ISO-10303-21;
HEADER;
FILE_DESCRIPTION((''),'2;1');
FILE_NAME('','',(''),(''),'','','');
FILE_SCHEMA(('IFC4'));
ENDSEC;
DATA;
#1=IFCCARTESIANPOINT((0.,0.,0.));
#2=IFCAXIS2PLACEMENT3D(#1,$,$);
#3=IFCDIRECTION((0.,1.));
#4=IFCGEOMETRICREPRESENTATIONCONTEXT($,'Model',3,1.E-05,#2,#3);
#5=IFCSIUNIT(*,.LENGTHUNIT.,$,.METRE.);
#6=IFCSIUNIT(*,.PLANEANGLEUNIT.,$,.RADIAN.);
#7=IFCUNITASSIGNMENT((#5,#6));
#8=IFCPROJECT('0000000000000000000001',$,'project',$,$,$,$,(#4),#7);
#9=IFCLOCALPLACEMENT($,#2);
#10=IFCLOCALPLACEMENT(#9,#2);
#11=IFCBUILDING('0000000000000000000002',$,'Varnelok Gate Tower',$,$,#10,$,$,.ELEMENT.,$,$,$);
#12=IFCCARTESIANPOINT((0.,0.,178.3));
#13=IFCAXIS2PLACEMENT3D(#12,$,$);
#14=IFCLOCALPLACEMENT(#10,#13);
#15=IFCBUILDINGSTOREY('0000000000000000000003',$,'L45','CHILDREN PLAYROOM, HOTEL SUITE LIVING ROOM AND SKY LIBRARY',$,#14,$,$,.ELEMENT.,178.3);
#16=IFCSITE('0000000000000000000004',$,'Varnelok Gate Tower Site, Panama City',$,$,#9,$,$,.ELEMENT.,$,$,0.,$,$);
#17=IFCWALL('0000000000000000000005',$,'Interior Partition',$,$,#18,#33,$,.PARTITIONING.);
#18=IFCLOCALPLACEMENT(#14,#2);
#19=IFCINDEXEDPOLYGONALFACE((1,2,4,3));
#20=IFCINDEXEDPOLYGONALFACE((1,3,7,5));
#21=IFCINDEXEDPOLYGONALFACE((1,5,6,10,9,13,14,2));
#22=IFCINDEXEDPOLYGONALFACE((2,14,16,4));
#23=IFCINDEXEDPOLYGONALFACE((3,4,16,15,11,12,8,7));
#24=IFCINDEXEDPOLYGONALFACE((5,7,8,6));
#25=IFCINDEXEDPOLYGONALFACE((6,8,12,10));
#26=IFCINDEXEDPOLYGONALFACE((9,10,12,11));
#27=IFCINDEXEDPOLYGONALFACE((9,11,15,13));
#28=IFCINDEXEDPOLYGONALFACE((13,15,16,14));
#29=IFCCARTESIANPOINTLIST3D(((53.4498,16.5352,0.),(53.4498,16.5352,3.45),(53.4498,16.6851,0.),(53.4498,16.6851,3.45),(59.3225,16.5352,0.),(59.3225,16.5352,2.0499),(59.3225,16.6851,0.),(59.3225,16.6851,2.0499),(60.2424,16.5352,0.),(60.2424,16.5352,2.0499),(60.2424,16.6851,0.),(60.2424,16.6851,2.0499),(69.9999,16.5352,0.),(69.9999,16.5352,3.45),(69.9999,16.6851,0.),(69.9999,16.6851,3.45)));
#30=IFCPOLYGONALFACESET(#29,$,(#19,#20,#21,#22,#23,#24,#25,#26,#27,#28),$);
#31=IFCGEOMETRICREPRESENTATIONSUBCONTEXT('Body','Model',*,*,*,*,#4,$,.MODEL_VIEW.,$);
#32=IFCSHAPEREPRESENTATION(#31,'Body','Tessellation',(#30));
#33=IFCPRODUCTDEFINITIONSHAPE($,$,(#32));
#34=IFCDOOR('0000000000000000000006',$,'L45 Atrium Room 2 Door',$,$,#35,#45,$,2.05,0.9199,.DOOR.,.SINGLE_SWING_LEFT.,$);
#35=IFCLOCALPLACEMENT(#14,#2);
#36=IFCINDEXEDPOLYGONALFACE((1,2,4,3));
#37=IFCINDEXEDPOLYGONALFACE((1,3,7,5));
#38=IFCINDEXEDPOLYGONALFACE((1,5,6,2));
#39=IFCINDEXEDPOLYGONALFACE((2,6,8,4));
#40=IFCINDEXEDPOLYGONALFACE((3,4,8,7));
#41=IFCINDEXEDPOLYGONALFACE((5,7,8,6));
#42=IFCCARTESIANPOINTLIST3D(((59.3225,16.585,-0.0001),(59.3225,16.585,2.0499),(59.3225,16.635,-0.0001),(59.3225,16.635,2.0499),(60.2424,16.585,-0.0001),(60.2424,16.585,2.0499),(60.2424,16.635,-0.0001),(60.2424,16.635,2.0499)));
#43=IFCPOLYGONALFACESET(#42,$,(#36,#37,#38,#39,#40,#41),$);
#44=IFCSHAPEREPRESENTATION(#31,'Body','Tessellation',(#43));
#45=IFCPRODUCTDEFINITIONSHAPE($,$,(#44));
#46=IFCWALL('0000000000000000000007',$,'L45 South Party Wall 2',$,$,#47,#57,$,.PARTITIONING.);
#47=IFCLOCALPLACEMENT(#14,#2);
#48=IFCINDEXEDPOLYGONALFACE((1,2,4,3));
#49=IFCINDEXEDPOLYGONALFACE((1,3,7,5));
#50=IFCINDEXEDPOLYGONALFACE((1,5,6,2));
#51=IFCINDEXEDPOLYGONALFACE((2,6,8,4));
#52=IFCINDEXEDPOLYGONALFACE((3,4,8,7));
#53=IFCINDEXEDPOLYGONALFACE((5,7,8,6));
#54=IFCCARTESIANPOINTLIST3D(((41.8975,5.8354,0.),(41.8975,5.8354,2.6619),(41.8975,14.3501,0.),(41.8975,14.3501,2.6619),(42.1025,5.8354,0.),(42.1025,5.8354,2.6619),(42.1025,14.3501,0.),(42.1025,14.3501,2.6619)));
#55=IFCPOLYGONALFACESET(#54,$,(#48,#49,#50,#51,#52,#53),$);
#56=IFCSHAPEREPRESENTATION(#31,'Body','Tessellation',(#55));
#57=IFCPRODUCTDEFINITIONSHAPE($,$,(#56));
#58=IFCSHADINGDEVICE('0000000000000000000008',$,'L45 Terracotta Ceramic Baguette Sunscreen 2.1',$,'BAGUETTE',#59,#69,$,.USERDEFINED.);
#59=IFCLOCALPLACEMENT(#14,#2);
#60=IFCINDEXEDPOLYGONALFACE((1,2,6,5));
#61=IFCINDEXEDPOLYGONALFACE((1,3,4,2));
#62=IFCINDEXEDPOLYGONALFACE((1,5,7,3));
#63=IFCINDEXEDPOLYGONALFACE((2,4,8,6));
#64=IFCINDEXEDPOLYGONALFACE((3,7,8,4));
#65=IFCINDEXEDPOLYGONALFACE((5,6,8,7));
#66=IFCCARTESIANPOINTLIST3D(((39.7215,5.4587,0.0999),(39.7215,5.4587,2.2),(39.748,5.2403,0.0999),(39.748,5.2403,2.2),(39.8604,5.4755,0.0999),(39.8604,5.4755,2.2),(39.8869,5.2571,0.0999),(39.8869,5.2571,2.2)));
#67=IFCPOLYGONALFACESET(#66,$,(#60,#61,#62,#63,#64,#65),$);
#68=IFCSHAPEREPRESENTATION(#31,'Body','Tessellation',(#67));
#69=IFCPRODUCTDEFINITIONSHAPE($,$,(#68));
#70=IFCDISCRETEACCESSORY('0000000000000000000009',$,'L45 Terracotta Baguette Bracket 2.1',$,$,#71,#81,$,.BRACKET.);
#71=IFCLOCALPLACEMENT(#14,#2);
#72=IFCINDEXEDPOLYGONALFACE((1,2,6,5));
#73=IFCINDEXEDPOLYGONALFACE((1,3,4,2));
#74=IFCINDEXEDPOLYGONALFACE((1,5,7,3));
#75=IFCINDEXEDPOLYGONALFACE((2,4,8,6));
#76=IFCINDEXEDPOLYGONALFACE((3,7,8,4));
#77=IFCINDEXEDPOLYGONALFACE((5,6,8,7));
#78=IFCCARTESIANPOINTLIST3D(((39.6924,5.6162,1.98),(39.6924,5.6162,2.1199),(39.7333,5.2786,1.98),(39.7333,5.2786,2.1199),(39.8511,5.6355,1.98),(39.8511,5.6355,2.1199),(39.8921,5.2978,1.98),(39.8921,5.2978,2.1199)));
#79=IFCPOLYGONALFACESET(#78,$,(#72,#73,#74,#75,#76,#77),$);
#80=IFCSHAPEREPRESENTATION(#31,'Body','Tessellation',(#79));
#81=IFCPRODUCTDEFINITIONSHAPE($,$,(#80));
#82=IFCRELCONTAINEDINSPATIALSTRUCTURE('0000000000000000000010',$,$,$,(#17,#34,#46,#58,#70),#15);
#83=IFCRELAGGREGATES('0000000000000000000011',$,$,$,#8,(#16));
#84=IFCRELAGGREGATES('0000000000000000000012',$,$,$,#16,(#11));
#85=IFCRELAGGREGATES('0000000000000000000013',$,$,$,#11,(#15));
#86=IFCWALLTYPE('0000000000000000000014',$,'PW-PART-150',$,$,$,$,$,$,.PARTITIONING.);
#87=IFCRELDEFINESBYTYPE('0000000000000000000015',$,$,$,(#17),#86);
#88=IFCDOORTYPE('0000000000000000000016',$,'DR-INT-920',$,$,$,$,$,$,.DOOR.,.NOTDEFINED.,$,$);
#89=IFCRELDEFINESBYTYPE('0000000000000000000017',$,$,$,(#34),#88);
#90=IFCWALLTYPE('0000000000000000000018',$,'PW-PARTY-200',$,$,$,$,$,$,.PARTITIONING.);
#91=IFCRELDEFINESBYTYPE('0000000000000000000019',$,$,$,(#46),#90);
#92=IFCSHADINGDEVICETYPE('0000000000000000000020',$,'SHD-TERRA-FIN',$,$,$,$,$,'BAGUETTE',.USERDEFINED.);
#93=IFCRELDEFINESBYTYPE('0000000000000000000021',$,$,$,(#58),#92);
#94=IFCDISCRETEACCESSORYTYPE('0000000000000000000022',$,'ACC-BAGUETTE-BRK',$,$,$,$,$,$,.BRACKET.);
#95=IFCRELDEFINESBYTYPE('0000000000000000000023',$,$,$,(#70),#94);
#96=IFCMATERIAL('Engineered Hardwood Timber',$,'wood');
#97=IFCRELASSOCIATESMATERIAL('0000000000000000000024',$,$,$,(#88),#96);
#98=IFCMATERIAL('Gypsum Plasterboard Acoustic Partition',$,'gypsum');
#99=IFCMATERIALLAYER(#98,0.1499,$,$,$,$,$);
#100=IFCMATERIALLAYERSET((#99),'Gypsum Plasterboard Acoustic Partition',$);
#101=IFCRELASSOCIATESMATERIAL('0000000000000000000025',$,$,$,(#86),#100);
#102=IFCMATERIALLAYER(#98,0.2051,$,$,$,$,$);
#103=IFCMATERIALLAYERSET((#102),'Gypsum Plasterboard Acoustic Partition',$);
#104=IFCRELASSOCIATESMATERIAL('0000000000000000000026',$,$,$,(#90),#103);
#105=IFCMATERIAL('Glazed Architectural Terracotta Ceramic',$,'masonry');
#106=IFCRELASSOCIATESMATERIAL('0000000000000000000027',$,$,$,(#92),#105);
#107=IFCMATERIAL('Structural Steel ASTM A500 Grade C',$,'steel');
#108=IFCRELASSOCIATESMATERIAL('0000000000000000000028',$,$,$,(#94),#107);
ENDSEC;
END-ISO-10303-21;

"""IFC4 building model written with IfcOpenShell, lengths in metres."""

from ifc_helpers import new_model, si_unit, direction, frame, frame_2d, origin, origin_2d, place, context, subcontext, project, spatial, rectangle, extrude, source, transform, mapped, material, layer, layer_set, type_object, element, fill, save


model = new_model("IFC4")

# Units and contexts
model_context = context("Model", 3, precision=1e-05, world=origin(), true_north=direction((0.0, 1.0)))
body_context = subcontext(model_context, "Body", "Model", "MODEL_VIEW")
ifc_project = project(units=[si_unit("LENGTHUNIT", "METRE"), si_unit("PLANEANGLEUNIT", "RADIAN")], contexts=[model_context])

# Site, building, storey
site_placement = place(None, origin())
site = spatial("IfcSite", under=ifc_project, at=site_placement, Name="Varnelok Gate Tower Site, Panama City", CompositionType="ELEMENT", RefElevation=0.0)
building_placement = place(site_placement, origin())
building = spatial("IfcBuilding", under=site, at=building_placement, Name="Varnelok Gate Tower", CompositionType="ELEMENT")
storey_placement = place(building_placement, frame((0.0, 0.0, 178.3)))
storey = spatial("IfcBuildingStorey", under=building, at=storey_placement, Name="L45", Description="CHILDREN PLAYROOM, HOTEL SUITE LIVING ROOM AND SKY LIBRARY", CompositionType="ELEMENT", Elevation=178.3)

# Shared definitions
ifc_material_1 = material(Name="Gypsum Plasterboard Acoustic Partition", Category="gypsum")
ifc_material_2 = material(Name="Engineered Hardwood Timber", Category="wood")

# Shared definitions
door_type_1 = type_object("IfcDoorType", Name="DR-INT-920", OperationType="NOTDEFINED", PredefinedType="DOOR", material=ifc_material_2)

# Wall, opening, door
ifc_layer_1 = layer(ifc_material_1, 0.1499)
ifc_layer_set_1 = layer_set([ifc_layer_1], Name="Gypsum Plasterboard Acoustic Partition")
wall_type_1 = type_object("IfcWallType", Name="PW-PART-150", PredefinedType="PARTITIONING", material=ifc_layer_set_1)
wall_1_placement = place(storey_placement, frame((53.45, 16.6101, 0.0), z_axis=(0.0, 0.0, 1.0), x_axis=(1.0, 0.0, 0.0)))
wall_1 = element("IfcWall", 1, at=wall_1_placement, inside=storey, type_object=wall_type_1, Name="Interior Partition", PredefinedType="PARTITIONING", context=body_context, shape_type="SweptSolid", body=[
    extrude(rectangle(XDim=16.55, YDim=0.1499, at=frame_2d((8.2749, 0.0))), origin(), (0.0, 0.0, 1.0), 3.45),
])
opening_1_placement = place(wall_1_placement, frame((5.8726, 0.0, 0.0)))
opening_1 = element("IfcOpeningElement", 2, at=opening_1_placement, cuts=wall_1, PredefinedType="OPENING", context=body_context, shape_type="SweptSolid", body=[
    extrude(rectangle(XDim=0.9199, YDim=2.05, at=frame_2d((0.46, 1.0249))), frame((0.0, 0.085, 0.0), z_axis=(0.0, -1.0, 0.0), x_axis=(1.0, 0.0, 0.0)), (0.0, 0.0, 1.0), 0.1699),
])
door_1_placement = place(opening_1_placement, origin())
door_1 = element("IfcDoor", 3, at=door_1_placement, inside=storey, type_object=door_type_1, Name="L45 Atrium Room 2 Door", OperationType="SINGLE_SWING_LEFT", OverallHeight=2.05, OverallWidth=0.9199, PredefinedType="DOOR", context=body_context, shape_type="SweptSolid", body=[
    extrude(rectangle(XDim=0.9199, YDim=2.05, at=frame_2d((0.46, 1.0249))), frame((0.0, 0.0249, 0.0), z_axis=(0.0, -1.0, 0.0), x_axis=(1.0, 0.0, 0.0)), (0.0, 0.0, 1.0), 0.05),
])
fill(opening_1, door_1)

# Wall
ifc_layer_2 = layer(ifc_material_1, 0.2051)
ifc_layer_set_2 = layer_set([ifc_layer_2], Name="Gypsum Plasterboard Acoustic Partition")
wall_type_2 = type_object("IfcWallType", Name="PW-PARTY-200", PredefinedType="PARTITIONING", material=ifc_layer_set_2)
wall_2_placement = place(storey_placement, frame((42.0, 5.8354, 0.0), z_axis=(0.0, 0.0, 1.0), x_axis=(0.0, 1.0, 0.0)))
element("IfcWall", 4, at=wall_2_placement, inside=storey, type_object=wall_type_2, Name="L45 South Party Wall 2", PredefinedType="PARTITIONING", context=body_context, shape_type="SweptSolid", body=[
    extrude(rectangle(XDim=8.5146, YDim=0.2051, at=frame_2d((4.2573, 0.0))), origin(), (0.0, 0.0, 1.0), 2.6619),
])

# Shading device
ifc_material_3 = material(Name="Glazed Architectural Terracotta Ceramic", Category="masonry")
shading_device_type = type_object("IfcShadingDeviceType", Name="SHD-TERRA-FIN", ElementType="BAGUETTE", PredefinedType="USERDEFINED", material=ifc_material_3)
shared_shape_1 = source(origin(), body_context, "Body", "SweptSolid", [
    extrude(rectangle(XDim=0.1399, YDim=0.22, at=origin_2d()), origin(), (0.0, 0.0, 1.0), 2.1001),
])
shading_device_placement = place(storey_placement, frame((39.8042, 5.3579, 0.0999), z_axis=(0.0, 0.0, 1.0), x_axis=(0.992732, 0.120345, 0.0)))
element("IfcShadingDevice", 5, at=shading_device_placement, inside=storey, type_object=shading_device_type, Name="L45 Terracotta Ceramic Baguette Sunscreen 2.1", ObjectType="BAGUETTE", PredefinedType="USERDEFINED", context=body_context, shape_type="MappedRepresentation", body=[
    mapped(shared_shape_1, transform((0.0, 0.0, 0.0), scale=1.0)),
])

# Discrete accessory
ifc_material_4 = material(Name="Structural Steel ASTM A500 Grade C", Category="steel")
discrete_accessory_type = type_object("IfcDiscreteAccessoryType", Name="ACC-BAGUETTE-BRK", PredefinedType="BRACKET", material=ifc_material_4)
shared_shape_2 = source(origin(), body_context, "Body", "SweptSolid", [
    extrude(rectangle(XDim=0.1599, YDim=0.3401, at=origin_2d()), origin(), (0.0, 0.0, 1.0), 0.1399),
])
discrete_accessory_placement = place(storey_placement, frame((39.7922, 5.457, 1.98), z_axis=(0.0, 0.0, 1.0), x_axis=(0.992732, 0.120345, 0.0)))
element("IfcDiscreteAccessory", 6, at=discrete_accessory_placement, inside=storey, type_object=discrete_accessory_type, Name="L45 Terracotta Baguette Bracket 2.1", PredefinedType="BRACKET", context=body_context, shape_type="MappedRepresentation", body=[
    mapped(shared_shape_2, transform((0.0, 0.0, 0.0), scale=1.0)),
])

save(model, "model.ifc")
